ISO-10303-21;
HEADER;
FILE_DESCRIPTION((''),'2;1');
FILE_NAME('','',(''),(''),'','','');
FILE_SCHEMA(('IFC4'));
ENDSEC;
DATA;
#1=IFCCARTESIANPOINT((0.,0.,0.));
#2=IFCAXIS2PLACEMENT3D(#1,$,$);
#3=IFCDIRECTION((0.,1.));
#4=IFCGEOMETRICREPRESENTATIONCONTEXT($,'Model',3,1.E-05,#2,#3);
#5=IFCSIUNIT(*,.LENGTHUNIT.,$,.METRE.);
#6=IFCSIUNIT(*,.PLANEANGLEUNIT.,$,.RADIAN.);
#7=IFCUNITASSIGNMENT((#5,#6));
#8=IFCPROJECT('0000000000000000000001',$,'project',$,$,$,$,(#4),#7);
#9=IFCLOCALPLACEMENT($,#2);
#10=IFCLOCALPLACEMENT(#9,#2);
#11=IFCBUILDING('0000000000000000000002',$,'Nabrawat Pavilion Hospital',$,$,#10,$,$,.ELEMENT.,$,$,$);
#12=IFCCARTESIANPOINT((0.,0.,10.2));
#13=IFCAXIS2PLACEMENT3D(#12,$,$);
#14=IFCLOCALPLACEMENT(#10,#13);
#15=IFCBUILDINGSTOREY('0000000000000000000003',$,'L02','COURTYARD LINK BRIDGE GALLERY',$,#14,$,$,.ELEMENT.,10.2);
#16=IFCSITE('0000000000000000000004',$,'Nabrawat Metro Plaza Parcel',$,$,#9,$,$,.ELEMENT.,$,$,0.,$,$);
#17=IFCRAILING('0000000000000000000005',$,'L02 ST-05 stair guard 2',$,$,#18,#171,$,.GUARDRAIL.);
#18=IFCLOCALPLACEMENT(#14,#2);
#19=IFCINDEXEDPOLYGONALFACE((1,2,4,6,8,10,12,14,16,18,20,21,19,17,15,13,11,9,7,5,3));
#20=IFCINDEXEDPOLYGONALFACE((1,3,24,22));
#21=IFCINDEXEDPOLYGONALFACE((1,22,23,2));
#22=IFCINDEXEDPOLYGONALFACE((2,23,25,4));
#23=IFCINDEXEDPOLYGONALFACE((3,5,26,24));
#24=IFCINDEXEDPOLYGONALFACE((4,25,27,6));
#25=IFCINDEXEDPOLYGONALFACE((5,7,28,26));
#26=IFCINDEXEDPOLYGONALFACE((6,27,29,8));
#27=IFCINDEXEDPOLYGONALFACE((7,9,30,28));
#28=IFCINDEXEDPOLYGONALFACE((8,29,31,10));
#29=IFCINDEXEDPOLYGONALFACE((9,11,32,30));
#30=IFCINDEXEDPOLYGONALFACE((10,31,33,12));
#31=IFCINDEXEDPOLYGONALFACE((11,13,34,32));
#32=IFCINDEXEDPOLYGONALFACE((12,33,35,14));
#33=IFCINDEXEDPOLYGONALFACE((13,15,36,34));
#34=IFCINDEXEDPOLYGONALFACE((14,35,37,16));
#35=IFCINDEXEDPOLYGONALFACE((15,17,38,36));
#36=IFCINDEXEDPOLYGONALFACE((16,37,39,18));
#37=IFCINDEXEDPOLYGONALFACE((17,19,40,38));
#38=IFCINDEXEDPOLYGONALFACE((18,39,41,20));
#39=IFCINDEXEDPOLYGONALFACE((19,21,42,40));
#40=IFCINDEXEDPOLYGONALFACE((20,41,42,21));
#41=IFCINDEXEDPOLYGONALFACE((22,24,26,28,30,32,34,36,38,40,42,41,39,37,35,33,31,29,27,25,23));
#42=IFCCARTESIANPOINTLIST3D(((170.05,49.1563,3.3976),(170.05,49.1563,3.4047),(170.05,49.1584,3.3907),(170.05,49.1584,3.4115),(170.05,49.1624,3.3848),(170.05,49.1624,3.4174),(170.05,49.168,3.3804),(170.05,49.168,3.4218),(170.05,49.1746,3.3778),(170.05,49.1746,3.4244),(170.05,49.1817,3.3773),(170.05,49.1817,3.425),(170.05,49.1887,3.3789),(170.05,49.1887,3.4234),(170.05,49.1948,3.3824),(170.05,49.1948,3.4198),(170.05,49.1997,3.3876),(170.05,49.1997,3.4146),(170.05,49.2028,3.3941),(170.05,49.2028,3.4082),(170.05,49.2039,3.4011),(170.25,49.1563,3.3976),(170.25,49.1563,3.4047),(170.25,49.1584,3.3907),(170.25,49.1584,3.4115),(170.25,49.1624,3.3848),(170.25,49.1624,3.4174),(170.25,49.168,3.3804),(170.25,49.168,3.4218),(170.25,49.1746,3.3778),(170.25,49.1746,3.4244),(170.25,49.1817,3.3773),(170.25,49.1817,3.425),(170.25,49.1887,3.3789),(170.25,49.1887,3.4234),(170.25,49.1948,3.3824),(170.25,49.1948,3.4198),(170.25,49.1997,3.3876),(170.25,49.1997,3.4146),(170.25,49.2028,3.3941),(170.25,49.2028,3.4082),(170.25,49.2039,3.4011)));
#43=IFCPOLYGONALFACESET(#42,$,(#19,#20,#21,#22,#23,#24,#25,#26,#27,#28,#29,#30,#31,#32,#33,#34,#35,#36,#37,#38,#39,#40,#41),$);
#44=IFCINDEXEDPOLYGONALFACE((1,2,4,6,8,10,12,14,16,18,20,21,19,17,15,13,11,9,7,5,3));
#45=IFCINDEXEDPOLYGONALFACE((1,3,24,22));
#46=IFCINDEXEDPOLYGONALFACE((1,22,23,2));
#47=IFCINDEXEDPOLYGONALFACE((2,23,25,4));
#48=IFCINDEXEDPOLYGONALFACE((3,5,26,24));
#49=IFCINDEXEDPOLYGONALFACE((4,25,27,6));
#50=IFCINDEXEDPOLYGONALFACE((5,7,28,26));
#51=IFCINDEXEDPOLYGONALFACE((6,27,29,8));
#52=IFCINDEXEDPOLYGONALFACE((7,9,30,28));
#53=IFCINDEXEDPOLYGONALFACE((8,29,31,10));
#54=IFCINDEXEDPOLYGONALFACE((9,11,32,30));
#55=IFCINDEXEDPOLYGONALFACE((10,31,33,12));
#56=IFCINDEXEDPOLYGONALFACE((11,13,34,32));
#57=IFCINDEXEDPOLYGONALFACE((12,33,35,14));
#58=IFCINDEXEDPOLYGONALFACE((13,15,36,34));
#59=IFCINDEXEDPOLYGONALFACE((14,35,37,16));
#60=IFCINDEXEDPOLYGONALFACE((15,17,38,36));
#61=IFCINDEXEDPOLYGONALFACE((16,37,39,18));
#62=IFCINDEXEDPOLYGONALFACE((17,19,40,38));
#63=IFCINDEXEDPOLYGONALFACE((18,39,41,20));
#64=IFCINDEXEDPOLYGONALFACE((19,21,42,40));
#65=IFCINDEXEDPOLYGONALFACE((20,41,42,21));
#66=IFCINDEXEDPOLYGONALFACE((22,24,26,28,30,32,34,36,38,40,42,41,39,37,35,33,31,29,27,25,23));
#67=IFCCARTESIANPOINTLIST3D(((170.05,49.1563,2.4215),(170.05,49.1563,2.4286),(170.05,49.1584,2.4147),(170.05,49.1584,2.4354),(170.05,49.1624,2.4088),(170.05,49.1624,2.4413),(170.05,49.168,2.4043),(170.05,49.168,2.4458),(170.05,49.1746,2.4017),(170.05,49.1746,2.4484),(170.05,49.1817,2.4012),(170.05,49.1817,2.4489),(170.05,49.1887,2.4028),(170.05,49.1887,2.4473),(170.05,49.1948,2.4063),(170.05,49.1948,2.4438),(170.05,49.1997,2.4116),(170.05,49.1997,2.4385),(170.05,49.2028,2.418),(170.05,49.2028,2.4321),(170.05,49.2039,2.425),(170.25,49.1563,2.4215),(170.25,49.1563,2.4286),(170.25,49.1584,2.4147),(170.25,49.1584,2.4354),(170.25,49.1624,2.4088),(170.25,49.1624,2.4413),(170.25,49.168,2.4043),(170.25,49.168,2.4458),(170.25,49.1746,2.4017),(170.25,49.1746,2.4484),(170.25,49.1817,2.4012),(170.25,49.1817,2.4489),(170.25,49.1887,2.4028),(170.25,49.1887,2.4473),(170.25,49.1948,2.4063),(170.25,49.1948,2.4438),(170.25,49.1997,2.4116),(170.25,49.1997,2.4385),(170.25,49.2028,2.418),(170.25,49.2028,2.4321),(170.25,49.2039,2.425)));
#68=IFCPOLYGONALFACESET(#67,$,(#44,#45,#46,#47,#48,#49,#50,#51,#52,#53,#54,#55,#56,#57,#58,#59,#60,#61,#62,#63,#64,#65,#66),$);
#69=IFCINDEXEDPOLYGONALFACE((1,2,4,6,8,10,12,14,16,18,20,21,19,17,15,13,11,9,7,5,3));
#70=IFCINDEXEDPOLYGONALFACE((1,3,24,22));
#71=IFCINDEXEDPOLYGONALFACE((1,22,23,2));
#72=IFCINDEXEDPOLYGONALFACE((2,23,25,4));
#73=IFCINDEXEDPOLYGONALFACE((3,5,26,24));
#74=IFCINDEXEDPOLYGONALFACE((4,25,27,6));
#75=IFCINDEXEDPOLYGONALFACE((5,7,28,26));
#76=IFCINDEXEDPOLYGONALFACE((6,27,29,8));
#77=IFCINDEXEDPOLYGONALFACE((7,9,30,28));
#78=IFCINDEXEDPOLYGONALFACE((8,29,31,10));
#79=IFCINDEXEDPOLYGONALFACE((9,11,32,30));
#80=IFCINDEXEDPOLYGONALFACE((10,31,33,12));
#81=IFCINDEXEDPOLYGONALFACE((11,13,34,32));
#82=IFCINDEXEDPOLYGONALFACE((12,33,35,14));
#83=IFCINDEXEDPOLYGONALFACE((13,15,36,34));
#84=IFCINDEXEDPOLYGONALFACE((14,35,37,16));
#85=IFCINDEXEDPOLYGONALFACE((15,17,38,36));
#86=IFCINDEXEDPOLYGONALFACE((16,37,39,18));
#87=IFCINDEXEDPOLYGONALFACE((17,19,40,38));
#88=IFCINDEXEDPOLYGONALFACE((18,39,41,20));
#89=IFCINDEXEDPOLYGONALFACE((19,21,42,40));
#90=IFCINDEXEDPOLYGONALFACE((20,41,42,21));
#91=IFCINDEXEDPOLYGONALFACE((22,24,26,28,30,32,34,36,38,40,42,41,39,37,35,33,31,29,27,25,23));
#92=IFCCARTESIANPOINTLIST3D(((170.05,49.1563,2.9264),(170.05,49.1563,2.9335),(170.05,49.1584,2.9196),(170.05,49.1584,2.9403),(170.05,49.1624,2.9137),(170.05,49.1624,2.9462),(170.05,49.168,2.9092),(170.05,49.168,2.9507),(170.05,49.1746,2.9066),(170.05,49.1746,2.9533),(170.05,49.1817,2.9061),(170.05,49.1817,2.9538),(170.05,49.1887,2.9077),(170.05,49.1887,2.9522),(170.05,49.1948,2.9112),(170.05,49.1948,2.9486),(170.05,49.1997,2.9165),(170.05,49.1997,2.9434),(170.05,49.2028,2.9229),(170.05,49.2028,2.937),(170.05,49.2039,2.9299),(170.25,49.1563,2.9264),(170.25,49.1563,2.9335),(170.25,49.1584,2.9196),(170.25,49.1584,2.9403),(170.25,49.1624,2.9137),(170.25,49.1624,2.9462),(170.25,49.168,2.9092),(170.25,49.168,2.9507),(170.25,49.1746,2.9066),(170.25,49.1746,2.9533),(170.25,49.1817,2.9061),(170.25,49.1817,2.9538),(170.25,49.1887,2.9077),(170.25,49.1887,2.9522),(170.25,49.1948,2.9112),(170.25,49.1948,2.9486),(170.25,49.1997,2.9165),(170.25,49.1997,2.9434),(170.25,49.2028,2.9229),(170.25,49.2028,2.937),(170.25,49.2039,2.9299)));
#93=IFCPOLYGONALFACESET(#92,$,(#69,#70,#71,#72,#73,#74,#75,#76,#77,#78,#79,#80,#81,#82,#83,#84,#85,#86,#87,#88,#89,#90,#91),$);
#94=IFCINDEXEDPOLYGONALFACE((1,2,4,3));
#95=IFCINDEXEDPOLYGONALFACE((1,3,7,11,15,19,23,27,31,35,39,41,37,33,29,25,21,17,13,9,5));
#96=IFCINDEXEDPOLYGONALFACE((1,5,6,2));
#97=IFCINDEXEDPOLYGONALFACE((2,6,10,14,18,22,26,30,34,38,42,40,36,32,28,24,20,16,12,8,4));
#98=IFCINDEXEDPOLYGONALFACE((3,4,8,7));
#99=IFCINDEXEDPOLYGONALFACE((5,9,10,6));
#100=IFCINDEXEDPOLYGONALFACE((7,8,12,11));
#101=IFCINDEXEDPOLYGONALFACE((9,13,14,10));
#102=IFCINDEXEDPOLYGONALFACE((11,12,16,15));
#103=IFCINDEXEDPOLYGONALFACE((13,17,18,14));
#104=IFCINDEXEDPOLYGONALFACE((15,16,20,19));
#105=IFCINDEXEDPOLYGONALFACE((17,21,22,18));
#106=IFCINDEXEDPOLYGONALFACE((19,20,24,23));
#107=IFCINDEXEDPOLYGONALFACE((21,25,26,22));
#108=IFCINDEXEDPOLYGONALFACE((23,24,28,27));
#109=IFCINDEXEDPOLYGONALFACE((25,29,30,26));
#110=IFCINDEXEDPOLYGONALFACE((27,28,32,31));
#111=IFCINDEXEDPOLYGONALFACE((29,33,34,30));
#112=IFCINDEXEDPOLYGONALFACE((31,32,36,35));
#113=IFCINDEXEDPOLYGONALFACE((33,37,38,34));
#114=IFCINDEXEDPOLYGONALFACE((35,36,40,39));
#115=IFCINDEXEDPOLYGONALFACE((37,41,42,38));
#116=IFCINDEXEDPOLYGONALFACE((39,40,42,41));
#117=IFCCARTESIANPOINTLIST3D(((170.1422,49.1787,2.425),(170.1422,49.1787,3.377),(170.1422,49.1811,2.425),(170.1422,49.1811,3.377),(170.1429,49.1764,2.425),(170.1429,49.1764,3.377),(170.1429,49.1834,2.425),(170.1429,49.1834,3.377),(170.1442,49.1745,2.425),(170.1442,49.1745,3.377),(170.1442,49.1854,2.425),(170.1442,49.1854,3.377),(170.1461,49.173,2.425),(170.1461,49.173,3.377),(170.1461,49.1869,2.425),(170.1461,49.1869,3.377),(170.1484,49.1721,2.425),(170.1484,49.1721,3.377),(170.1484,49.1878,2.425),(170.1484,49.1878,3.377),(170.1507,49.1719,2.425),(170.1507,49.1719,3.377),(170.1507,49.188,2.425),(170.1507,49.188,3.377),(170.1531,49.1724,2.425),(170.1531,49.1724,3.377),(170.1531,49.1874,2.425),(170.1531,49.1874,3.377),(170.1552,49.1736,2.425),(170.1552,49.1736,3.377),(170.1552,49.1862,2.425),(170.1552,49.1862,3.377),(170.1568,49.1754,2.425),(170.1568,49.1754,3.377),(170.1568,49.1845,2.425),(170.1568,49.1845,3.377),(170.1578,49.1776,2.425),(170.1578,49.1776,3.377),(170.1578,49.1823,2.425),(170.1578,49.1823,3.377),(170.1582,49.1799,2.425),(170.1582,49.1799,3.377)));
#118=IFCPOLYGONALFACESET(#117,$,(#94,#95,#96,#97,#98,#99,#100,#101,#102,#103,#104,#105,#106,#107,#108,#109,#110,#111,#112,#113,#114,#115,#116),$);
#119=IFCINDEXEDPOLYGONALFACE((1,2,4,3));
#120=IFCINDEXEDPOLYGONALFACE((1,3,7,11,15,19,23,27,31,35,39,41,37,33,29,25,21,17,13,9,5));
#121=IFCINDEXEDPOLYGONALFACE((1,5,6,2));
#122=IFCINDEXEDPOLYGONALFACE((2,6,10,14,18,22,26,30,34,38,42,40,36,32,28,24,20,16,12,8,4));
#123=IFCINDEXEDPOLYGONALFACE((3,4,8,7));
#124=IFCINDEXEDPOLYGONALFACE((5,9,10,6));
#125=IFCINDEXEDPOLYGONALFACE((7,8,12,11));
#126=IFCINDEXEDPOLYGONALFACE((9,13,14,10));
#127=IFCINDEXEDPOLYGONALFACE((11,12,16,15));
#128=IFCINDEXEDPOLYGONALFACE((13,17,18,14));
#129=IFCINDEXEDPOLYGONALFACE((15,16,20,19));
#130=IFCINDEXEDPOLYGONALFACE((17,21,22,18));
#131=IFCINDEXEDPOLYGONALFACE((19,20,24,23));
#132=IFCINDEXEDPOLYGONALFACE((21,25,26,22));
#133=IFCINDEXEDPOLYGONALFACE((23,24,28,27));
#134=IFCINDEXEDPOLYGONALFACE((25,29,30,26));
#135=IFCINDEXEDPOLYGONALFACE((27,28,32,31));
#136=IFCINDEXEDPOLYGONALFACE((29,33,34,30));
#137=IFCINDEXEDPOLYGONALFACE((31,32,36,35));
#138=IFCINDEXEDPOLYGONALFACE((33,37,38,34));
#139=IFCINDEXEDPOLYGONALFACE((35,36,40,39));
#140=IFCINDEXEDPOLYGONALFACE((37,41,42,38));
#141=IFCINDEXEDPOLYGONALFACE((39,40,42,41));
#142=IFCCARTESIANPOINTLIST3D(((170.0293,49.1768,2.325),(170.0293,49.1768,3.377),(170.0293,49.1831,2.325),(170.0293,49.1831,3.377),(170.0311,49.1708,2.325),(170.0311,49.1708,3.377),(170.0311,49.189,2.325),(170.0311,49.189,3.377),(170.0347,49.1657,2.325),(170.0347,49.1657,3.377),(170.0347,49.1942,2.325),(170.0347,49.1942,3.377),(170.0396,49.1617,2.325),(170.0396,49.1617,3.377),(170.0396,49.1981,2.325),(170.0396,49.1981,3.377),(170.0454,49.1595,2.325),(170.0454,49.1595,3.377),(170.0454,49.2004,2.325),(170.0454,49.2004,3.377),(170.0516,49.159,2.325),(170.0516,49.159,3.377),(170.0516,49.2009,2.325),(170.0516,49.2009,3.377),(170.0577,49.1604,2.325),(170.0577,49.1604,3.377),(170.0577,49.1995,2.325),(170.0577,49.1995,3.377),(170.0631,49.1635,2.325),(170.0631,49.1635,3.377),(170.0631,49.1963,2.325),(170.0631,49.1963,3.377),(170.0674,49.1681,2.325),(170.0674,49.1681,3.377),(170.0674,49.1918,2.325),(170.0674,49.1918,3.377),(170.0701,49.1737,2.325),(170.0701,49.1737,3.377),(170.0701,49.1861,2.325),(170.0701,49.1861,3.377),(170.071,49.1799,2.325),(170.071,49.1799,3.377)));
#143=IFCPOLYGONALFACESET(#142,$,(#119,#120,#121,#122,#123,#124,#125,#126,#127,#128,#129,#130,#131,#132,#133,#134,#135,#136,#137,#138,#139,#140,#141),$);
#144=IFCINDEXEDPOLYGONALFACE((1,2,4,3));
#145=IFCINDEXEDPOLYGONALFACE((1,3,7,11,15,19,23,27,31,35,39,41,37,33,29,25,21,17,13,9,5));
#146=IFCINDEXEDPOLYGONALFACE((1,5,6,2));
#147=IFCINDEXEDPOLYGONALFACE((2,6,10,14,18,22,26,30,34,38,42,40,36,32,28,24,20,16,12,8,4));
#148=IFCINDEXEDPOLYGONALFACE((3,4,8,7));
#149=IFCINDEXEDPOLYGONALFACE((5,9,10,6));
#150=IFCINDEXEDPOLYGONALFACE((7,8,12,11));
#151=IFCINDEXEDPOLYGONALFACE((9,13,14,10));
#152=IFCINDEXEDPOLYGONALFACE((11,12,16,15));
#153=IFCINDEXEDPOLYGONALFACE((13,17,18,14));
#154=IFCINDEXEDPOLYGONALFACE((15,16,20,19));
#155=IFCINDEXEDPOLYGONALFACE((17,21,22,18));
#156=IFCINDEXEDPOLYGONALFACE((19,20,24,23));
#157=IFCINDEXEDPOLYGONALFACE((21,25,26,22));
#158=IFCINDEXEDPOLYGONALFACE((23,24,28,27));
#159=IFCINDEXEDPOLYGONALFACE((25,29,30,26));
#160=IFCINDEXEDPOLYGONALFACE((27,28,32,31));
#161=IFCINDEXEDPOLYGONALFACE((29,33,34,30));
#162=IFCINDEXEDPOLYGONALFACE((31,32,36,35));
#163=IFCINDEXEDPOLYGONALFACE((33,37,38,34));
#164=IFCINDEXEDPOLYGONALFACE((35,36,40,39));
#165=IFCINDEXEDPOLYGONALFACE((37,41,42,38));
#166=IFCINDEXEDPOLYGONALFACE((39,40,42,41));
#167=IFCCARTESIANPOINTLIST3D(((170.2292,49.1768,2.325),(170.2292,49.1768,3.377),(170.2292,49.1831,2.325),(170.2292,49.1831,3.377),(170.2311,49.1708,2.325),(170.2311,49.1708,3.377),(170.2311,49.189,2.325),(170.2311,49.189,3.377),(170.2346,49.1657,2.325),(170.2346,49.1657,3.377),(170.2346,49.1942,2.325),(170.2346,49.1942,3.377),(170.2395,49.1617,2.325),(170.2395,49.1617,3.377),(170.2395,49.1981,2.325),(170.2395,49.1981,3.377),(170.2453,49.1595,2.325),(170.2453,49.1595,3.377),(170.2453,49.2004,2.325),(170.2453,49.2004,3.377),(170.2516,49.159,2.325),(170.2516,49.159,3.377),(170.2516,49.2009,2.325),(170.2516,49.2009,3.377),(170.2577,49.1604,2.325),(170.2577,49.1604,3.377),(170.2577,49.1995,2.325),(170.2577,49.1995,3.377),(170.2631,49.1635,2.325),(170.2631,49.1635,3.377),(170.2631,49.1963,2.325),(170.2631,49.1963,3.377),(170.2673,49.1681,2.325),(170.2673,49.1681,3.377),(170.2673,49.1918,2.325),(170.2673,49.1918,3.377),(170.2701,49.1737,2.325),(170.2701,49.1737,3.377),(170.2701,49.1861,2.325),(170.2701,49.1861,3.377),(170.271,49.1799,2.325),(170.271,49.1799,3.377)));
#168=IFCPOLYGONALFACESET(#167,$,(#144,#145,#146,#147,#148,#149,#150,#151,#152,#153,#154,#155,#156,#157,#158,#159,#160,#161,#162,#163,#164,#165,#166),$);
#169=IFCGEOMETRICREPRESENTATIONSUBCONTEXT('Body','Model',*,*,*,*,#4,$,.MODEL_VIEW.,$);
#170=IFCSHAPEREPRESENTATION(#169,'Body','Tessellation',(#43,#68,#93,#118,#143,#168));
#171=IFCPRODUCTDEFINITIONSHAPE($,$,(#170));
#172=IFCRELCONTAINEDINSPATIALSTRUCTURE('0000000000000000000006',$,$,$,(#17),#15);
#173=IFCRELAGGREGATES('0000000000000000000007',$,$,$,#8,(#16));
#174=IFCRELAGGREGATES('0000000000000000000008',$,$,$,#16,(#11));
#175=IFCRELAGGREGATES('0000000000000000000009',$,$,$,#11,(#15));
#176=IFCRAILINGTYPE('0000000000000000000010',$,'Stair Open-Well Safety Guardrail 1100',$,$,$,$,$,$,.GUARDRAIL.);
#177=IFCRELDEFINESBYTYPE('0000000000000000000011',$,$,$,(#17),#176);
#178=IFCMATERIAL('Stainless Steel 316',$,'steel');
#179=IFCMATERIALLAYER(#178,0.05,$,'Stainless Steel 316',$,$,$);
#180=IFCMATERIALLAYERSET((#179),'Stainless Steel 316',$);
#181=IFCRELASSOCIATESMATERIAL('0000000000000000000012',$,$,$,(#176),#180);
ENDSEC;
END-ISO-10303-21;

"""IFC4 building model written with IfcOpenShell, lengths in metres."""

from ifc_helpers import new_model, si_unit, direction, frame, origin, origin_2d, place, context, subcontext, project, spatial, circle, extrude, material, layer, layer_set, type_object, element, save


model = new_model("IFC4")

# Units and contexts
model_context = context("Model", 3, precision=1e-05, world=origin(), true_north=direction((0.0, 1.0)))
body_context = subcontext(model_context, "Body", "Model", "MODEL_VIEW")
ifc_project = project(units=[si_unit("LENGTHUNIT", "METRE"), si_unit("PLANEANGLEUNIT", "RADIAN")], contexts=[model_context])

# Site, building, storey
site_placement = place(None, origin())
site = spatial("IfcSite", under=ifc_project, at=site_placement, Name="Nabrawat Metro Plaza Parcel", CompositionType="ELEMENT", RefElevation=0.0)
building_placement = place(site_placement, origin())
building = spatial("IfcBuilding", under=site, at=building_placement, Name="Nabrawat Pavilion Hospital", CompositionType="ELEMENT")
storey_placement = place(building_placement, frame((0.0, 0.0, 10.2)))
storey = spatial("IfcBuildingStorey", under=building, at=storey_placement, Name="L02", Description="COURTYARD LINK BRIDGE GALLERY", CompositionType="ELEMENT", Elevation=10.2)

# Railing
ifc_material_1 = material(Name="Stainless Steel 316", Category="steel")
ifc_layer_1 = layer(ifc_material_1, 0.05, Name="Stainless Steel 316")
ifc_layer_set_1 = layer_set([ifc_layer_1], Name="Stainless Steel 316")
railing_type_1 = type_object("IfcRailingType", Name="Stair Open-Well Safety Guardrail 1100", PredefinedType="GUARDRAIL", material=ifc_layer_set_1)
railing_1_placement = place(storey_placement, frame((170.05, 49.1799, 2.325)))
element("IfcRailing", 1, at=railing_1_placement, inside=storey, type_object=railing_type_1, Name="L02 ST-05 stair guard 2", PredefinedType="GUARDRAIL", context=body_context, shape_type="SweptSolid", body=[
    extrude(circle(Radius=0.0239, at=origin_2d()), frame((0.0, 0.0, 1.0762), z_axis=(1.0, 0.0, 0.0), x_axis=(0.0, 1.0, 0.0)), (0.0, 0.0, 1.0), 0.2),
    extrude(circle(Radius=0.0239, at=origin_2d()), frame((0.0, 0.0, 0.1001), z_axis=(1.0, 0.0, 0.0), x_axis=(0.0, 1.0, 0.0)), (0.0, 0.0, 1.0), 0.2),
    extrude(circle(Radius=0.0239, at=origin_2d()), frame((0.0, 0.0, 0.605), z_axis=(1.0, 0.0, 0.0), x_axis=(0.0, 1.0, 0.0)), (0.0, 0.0, 1.0), 0.2),
    extrude(circle(Radius=0.0081, at=origin_2d()), frame((0.1001, 0.0, 0.1001)), (0.0, 0.0, 1.0), 0.9519),
    extrude(circle(Radius=0.021, at=origin_2d()), origin(), (0.0, 0.0, 1.0), 1.052),
    extrude(circle(Radius=0.021, at=origin_2d()), frame((0.2, 0.0, 0.0)), (0.0, 0.0, 1.0), 1.052),
])

save(model, "model.ifc")
